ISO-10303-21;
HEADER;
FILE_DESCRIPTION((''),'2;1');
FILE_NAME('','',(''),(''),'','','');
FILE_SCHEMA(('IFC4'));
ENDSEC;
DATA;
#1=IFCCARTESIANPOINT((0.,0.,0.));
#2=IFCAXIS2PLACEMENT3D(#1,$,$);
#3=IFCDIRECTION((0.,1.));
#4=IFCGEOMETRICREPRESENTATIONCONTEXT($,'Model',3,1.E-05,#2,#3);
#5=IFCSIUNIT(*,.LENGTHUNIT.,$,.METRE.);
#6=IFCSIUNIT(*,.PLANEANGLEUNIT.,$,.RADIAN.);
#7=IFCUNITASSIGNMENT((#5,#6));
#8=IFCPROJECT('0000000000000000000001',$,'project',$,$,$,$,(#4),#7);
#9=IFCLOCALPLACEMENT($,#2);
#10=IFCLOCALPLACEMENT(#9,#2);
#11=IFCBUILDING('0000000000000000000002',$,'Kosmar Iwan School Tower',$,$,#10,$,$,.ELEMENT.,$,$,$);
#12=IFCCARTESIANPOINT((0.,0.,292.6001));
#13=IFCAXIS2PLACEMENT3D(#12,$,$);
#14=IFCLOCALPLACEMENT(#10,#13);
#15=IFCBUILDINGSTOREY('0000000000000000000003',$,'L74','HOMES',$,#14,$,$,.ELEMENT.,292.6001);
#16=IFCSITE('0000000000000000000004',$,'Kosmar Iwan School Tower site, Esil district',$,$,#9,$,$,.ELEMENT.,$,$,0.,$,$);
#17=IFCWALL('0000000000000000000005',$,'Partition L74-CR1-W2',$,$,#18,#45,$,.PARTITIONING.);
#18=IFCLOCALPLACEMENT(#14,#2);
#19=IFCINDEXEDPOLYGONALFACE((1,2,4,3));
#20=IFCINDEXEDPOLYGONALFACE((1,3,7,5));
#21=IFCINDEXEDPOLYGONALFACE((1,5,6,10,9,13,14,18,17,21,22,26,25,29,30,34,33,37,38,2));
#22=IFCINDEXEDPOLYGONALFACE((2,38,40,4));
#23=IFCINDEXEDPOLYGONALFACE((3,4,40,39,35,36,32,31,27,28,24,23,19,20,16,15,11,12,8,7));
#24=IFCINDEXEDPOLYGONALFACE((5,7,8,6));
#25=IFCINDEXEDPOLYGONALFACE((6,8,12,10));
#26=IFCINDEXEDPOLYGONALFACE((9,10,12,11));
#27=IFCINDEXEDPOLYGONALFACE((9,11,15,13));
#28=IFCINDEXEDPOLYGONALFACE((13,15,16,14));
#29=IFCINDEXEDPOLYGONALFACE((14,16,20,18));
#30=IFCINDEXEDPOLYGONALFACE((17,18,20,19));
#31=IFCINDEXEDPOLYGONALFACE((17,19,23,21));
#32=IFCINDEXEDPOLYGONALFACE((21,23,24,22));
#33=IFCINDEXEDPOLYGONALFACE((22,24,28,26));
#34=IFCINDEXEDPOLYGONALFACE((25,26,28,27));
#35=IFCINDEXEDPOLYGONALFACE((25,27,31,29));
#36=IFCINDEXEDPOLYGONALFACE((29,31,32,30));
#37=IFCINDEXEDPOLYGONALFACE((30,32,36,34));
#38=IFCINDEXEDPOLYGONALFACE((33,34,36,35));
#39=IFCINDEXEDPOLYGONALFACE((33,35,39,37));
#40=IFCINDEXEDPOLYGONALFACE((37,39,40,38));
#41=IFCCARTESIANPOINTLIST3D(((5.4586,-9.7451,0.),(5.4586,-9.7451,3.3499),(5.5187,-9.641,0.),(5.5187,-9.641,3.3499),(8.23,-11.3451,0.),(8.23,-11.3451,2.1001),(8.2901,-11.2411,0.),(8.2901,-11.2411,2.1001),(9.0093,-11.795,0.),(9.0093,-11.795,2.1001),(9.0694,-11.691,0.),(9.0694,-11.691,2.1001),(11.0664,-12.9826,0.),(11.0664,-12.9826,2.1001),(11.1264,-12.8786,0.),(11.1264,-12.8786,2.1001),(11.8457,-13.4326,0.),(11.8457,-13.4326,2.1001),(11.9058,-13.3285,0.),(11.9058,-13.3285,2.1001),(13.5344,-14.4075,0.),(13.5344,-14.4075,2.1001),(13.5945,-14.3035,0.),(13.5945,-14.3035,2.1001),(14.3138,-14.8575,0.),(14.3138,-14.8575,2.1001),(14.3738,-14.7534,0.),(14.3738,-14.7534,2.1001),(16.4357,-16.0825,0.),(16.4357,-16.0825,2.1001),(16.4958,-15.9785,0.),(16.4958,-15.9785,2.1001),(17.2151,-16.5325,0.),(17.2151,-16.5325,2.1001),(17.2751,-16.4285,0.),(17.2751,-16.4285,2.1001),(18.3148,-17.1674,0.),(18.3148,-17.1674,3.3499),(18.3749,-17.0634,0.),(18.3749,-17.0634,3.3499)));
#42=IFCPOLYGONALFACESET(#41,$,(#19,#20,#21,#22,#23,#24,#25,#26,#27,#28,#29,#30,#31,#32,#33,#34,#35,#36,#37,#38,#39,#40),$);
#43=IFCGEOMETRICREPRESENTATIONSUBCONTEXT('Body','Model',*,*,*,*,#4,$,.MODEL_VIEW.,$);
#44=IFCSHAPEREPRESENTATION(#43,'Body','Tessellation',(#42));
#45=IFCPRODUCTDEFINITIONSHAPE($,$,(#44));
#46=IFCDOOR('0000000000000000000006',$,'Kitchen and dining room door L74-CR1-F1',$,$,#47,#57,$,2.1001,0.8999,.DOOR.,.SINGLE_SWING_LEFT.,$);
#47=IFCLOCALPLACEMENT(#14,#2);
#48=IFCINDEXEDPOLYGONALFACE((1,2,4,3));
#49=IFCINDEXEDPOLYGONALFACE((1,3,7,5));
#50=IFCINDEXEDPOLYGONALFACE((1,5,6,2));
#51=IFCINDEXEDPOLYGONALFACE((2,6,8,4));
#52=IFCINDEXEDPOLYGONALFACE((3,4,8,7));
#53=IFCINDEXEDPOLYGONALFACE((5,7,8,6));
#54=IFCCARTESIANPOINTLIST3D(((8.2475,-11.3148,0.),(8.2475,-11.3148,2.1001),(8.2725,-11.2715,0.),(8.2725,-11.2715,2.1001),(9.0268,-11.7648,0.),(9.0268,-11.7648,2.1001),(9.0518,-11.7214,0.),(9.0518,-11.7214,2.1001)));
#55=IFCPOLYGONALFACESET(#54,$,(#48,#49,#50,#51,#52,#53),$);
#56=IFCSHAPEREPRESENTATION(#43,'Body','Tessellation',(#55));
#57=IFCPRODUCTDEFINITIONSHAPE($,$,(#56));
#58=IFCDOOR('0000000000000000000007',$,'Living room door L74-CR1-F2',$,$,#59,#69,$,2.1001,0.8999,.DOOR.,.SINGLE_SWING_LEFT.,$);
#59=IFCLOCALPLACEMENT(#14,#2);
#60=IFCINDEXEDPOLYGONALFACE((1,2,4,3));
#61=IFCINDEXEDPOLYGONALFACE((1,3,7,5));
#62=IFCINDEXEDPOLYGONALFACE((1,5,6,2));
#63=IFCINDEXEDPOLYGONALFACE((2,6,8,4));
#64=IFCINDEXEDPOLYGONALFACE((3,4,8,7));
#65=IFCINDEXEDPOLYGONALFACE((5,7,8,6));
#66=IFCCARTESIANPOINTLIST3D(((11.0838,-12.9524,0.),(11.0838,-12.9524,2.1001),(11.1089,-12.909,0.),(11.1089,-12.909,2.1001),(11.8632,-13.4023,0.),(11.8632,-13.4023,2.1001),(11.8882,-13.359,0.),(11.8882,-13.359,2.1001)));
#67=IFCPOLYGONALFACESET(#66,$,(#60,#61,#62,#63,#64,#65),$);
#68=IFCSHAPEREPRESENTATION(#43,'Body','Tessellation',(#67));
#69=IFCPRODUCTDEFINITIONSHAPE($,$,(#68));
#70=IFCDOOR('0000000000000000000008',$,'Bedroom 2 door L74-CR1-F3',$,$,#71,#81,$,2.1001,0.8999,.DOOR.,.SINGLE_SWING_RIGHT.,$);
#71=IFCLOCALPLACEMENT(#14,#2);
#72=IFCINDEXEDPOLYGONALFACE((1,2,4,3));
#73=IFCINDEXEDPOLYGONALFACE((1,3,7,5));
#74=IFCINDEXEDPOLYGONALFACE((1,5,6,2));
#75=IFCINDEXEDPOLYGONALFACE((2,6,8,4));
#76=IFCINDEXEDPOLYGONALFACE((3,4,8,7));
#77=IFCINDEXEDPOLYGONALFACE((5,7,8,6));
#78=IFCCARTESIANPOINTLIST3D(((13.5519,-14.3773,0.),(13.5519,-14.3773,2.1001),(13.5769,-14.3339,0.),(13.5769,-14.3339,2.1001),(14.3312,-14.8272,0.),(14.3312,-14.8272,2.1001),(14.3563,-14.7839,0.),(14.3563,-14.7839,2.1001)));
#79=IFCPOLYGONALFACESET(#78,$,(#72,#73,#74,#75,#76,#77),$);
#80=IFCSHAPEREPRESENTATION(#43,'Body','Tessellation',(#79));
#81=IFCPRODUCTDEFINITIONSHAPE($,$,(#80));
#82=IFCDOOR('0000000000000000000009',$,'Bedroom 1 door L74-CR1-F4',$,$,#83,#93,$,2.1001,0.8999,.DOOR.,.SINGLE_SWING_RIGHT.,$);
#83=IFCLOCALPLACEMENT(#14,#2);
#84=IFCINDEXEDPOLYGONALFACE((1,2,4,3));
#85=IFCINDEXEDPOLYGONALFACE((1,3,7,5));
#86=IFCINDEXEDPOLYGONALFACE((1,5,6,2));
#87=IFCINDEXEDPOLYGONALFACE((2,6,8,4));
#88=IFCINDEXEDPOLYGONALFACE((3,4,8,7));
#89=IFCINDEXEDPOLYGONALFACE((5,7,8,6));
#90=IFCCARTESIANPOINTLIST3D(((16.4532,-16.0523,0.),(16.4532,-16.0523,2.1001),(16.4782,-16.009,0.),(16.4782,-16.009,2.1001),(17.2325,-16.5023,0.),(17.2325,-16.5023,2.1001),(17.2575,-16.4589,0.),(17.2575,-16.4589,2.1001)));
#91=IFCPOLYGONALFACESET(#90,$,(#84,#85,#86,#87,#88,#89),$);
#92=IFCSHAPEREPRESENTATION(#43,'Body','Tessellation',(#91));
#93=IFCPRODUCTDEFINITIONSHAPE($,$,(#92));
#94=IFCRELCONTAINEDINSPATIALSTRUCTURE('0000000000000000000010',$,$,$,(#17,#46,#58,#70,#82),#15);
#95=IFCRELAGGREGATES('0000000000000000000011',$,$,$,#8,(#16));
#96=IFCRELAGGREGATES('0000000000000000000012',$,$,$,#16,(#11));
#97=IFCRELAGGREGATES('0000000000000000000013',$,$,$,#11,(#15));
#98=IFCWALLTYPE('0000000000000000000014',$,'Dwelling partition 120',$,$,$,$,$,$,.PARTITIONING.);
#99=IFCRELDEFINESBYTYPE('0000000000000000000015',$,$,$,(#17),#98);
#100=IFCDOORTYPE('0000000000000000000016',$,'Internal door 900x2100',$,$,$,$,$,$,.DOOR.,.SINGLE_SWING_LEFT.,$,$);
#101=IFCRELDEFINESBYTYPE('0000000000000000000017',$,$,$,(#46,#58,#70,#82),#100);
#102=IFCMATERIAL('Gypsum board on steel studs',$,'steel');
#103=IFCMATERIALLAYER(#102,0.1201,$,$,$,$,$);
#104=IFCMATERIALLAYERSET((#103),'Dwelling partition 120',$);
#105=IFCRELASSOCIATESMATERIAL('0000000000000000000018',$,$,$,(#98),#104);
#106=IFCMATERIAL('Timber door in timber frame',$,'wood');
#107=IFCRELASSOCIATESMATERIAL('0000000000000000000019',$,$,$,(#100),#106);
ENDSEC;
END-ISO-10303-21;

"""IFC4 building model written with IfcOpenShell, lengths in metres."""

from ifc_helpers import new_model, si_unit, direction, frame, frame_2d, origin, place, context, subcontext, project, spatial, rectangle, extrude, material, layer, layer_set, type_object, element, fill, save


model = new_model("IFC4")

# Units and contexts
model_context = context("Model", 3, precision=1e-05, world=origin(), true_north=direction((0.0, 1.0)))
body_context = subcontext(model_context, "Body", "Model", "MODEL_VIEW")
ifc_project = project(units=[si_unit("LENGTHUNIT", "METRE"), si_unit("PLANEANGLEUNIT", "RADIAN")], contexts=[model_context])

# Site, building, storey
site_placement = place(None, origin())
site = spatial("IfcSite", under=ifc_project, at=site_placement, Name="Kosmar Iwan School Tower site, Esil district", CompositionType="ELEMENT", RefElevation=0.0)
building_placement = place(site_placement, origin())
building = spatial("IfcBuilding", under=site, at=building_placement, Name="Kosmar Iwan School Tower", CompositionType="ELEMENT")
storey_placement = place(building_placement, frame((0.0, 0.0, 292.6001)))
storey = spatial("IfcBuildingStorey", under=building, at=storey_placement, Name="L74", Description="HOMES", CompositionType="ELEMENT", Elevation=292.6001)

# Wall, openings, doors
ifc_material_1 = material(Name="Gypsum board on steel studs", Category="steel")
ifc_layer_1 = layer(ifc_material_1, 0.1201)
ifc_layer_set_1 = layer_set([ifc_layer_1], Name="Dwelling partition 120")
wall_type_1 = type_object("IfcWallType", Name="Dwelling partition 120", PredefinedType="PARTITIONING", material=ifc_layer_set_1)
ifc_material_2 = material(Name="Timber door in timber frame", Category="wood")
door_type_1 = type_object("IfcDoorType", Name="Internal door 900x2100", OperationType="SINGLE_SWING_LEFT", PredefinedType="DOOR", material=ifc_material_2)
wall_1_placement = place(storey_placement, frame((5.4888, -9.6931, 0.0), z_axis=(0.0, 0.0, 1.0), x_axis=(0.86603, -0.499992, 0.0)))
wall_1 = element("IfcWall", 1, at=wall_1_placement, inside=storey, type_object=wall_type_1, Name="Partition L74-CR1-W2", PredefinedType="PARTITIONING", context=body_context, shape_type="SweptSolid", body=[
    extrude(rectangle(XDim=14.845, YDim=0.1201, at=frame_2d((7.4224, 0.0))), origin(), (0.0, 0.0, 1.0), 3.3499),
])
opening_1_placement = place(wall_1_placement, frame((3.2, 0.0, 0.0)))
opening_1 = element("IfcOpeningElement", 2, at=opening_1_placement, cuts=wall_1, PredefinedType="OPENING", context=body_context, shape_type="SweptSolid", body=[
    extrude(rectangle(XDim=0.8999, YDim=2.1001, at=frame_2d((0.45, 1.05))), frame((0.0, 0.072, 0.0), z_axis=(0.0, -1.0, 0.0), x_axis=(1.0, 0.0, 0.0)), (0.0, 0.0, 1.0), 0.144),
])
opening_2_placement = place(wall_1_placement, frame((6.4751, 0.0, 0.0)))
opening_2 = element("IfcOpeningElement", 3, at=opening_2_placement, cuts=wall_1, PredefinedType="OPENING", context=body_context, shape_type="SweptSolid", body=[
    extrude(rectangle(XDim=0.8999, YDim=2.1001, at=frame_2d((0.45, 1.05))), frame((0.0, 0.072, 0.0), z_axis=(0.0, -1.0, 0.0), x_axis=(1.0, 0.0, 0.0)), (0.0, 0.0, 1.0), 0.144),
])
opening_3_placement = place(wall_1_placement, frame((9.325, 0.0, 0.0)))
opening_3 = element("IfcOpeningElement", 4, at=opening_3_placement, cuts=wall_1, PredefinedType="OPENING", context=body_context, shape_type="SweptSolid", body=[
    extrude(rectangle(XDim=0.8999, YDim=2.1001, at=frame_2d((0.45, 1.05))), frame((0.0, 0.072, 0.0), z_axis=(0.0, -1.0, 0.0), x_axis=(1.0, 0.0, 0.0)), (0.0, 0.0, 1.0), 0.144),
])
opening_4_placement = place(wall_1_placement, frame((12.675, 0.0, 0.0)))
opening_4 = element("IfcOpeningElement", 5, at=opening_4_placement, cuts=wall_1, PredefinedType="OPENING", context=body_context, shape_type="SweptSolid", body=[
    extrude(rectangle(XDim=0.8999, YDim=2.1001, at=frame_2d((0.45, 1.05))), frame((0.0, 0.072, 0.0), z_axis=(0.0, -1.0, 0.0), x_axis=(1.0, 0.0, 0.0)), (0.0, 0.0, 1.0), 0.144),
])
door_1_placement = place(opening_1_placement, origin())
door_1 = element("IfcDoor", 6, at=door_1_placement, inside=storey, type_object=door_type_1, Name="Kitchen and dining room door L74-CR1-F1", OperationType="SINGLE_SWING_LEFT", OverallHeight=2.1001, OverallWidth=0.8999, PredefinedType="DOOR", context=body_context, shape_type="SweptSolid", body=[
    extrude(rectangle(XDim=0.8999, YDim=2.1001, at=frame_2d((0.45, 1.05))), frame((0.0, 0.0249, 0.0), z_axis=(0.0, -1.0, 0.0), x_axis=(1.0, 0.0, 0.0)), (0.0, 0.0, 1.0), 0.05),
])
fill(opening_1, door_1)
door_2_placement = place(opening_2_placement, origin())
door_2 = element("IfcDoor", 7, at=door_2_placement, inside=storey, type_object=door_type_1, Name="Living room door L74-CR1-F2", OperationType="SINGLE_SWING_LEFT", OverallHeight=2.1001, OverallWidth=0.8999, PredefinedType="DOOR", context=body_context, shape_type="SweptSolid", body=[
    extrude(rectangle(XDim=0.8999, YDim=2.1001, at=frame_2d((0.45, 1.05))), frame((0.0, 0.0249, 0.0), z_axis=(0.0, -1.0, 0.0), x_axis=(1.0, 0.0, 0.0)), (0.0, 0.0, 1.0), 0.05),
])
fill(opening_2, door_2)
door_3_placement = place(opening_3_placement, origin())
door_3 = element("IfcDoor", 8, at=door_3_placement, inside=storey, type_object=door_type_1, Name="Bedroom 2 door L74-CR1-F3", OperationType="SINGLE_SWING_RIGHT", OverallHeight=2.1001, OverallWidth=0.8999, PredefinedType="DOOR", context=body_context, shape_type="SweptSolid", body=[
    extrude(rectangle(XDim=0.8999, YDim=2.1001, at=frame_2d((0.45, 1.05))), frame((0.0, 0.0249, 0.0), z_axis=(0.0, -1.0, 0.0), x_axis=(1.0, 0.0, 0.0)), (0.0, 0.0, 1.0), 0.05),
])
fill(opening_3, door_3)
door_4_placement = place(opening_4_placement, origin())
door_4 = element("IfcDoor", 9, at=door_4_placement, inside=storey, type_object=door_type_1, Name="Bedroom 1 door L74-CR1-F4", OperationType="SINGLE_SWING_RIGHT", OverallHeight=2.1001, OverallWidth=0.8999, PredefinedType="DOOR", context=body_context, shape_type="SweptSolid", body=[
    extrude(rectangle(XDim=0.8999, YDim=2.1001, at=frame_2d((0.45, 1.05))), frame((0.0, 0.0249, 0.0), z_axis=(0.0, -1.0, 0.0), x_axis=(1.0, 0.0, 0.0)), (0.0, 0.0, 1.0), 0.05),
])
fill(opening_4, door_4)

save(model, "model.ifc")
